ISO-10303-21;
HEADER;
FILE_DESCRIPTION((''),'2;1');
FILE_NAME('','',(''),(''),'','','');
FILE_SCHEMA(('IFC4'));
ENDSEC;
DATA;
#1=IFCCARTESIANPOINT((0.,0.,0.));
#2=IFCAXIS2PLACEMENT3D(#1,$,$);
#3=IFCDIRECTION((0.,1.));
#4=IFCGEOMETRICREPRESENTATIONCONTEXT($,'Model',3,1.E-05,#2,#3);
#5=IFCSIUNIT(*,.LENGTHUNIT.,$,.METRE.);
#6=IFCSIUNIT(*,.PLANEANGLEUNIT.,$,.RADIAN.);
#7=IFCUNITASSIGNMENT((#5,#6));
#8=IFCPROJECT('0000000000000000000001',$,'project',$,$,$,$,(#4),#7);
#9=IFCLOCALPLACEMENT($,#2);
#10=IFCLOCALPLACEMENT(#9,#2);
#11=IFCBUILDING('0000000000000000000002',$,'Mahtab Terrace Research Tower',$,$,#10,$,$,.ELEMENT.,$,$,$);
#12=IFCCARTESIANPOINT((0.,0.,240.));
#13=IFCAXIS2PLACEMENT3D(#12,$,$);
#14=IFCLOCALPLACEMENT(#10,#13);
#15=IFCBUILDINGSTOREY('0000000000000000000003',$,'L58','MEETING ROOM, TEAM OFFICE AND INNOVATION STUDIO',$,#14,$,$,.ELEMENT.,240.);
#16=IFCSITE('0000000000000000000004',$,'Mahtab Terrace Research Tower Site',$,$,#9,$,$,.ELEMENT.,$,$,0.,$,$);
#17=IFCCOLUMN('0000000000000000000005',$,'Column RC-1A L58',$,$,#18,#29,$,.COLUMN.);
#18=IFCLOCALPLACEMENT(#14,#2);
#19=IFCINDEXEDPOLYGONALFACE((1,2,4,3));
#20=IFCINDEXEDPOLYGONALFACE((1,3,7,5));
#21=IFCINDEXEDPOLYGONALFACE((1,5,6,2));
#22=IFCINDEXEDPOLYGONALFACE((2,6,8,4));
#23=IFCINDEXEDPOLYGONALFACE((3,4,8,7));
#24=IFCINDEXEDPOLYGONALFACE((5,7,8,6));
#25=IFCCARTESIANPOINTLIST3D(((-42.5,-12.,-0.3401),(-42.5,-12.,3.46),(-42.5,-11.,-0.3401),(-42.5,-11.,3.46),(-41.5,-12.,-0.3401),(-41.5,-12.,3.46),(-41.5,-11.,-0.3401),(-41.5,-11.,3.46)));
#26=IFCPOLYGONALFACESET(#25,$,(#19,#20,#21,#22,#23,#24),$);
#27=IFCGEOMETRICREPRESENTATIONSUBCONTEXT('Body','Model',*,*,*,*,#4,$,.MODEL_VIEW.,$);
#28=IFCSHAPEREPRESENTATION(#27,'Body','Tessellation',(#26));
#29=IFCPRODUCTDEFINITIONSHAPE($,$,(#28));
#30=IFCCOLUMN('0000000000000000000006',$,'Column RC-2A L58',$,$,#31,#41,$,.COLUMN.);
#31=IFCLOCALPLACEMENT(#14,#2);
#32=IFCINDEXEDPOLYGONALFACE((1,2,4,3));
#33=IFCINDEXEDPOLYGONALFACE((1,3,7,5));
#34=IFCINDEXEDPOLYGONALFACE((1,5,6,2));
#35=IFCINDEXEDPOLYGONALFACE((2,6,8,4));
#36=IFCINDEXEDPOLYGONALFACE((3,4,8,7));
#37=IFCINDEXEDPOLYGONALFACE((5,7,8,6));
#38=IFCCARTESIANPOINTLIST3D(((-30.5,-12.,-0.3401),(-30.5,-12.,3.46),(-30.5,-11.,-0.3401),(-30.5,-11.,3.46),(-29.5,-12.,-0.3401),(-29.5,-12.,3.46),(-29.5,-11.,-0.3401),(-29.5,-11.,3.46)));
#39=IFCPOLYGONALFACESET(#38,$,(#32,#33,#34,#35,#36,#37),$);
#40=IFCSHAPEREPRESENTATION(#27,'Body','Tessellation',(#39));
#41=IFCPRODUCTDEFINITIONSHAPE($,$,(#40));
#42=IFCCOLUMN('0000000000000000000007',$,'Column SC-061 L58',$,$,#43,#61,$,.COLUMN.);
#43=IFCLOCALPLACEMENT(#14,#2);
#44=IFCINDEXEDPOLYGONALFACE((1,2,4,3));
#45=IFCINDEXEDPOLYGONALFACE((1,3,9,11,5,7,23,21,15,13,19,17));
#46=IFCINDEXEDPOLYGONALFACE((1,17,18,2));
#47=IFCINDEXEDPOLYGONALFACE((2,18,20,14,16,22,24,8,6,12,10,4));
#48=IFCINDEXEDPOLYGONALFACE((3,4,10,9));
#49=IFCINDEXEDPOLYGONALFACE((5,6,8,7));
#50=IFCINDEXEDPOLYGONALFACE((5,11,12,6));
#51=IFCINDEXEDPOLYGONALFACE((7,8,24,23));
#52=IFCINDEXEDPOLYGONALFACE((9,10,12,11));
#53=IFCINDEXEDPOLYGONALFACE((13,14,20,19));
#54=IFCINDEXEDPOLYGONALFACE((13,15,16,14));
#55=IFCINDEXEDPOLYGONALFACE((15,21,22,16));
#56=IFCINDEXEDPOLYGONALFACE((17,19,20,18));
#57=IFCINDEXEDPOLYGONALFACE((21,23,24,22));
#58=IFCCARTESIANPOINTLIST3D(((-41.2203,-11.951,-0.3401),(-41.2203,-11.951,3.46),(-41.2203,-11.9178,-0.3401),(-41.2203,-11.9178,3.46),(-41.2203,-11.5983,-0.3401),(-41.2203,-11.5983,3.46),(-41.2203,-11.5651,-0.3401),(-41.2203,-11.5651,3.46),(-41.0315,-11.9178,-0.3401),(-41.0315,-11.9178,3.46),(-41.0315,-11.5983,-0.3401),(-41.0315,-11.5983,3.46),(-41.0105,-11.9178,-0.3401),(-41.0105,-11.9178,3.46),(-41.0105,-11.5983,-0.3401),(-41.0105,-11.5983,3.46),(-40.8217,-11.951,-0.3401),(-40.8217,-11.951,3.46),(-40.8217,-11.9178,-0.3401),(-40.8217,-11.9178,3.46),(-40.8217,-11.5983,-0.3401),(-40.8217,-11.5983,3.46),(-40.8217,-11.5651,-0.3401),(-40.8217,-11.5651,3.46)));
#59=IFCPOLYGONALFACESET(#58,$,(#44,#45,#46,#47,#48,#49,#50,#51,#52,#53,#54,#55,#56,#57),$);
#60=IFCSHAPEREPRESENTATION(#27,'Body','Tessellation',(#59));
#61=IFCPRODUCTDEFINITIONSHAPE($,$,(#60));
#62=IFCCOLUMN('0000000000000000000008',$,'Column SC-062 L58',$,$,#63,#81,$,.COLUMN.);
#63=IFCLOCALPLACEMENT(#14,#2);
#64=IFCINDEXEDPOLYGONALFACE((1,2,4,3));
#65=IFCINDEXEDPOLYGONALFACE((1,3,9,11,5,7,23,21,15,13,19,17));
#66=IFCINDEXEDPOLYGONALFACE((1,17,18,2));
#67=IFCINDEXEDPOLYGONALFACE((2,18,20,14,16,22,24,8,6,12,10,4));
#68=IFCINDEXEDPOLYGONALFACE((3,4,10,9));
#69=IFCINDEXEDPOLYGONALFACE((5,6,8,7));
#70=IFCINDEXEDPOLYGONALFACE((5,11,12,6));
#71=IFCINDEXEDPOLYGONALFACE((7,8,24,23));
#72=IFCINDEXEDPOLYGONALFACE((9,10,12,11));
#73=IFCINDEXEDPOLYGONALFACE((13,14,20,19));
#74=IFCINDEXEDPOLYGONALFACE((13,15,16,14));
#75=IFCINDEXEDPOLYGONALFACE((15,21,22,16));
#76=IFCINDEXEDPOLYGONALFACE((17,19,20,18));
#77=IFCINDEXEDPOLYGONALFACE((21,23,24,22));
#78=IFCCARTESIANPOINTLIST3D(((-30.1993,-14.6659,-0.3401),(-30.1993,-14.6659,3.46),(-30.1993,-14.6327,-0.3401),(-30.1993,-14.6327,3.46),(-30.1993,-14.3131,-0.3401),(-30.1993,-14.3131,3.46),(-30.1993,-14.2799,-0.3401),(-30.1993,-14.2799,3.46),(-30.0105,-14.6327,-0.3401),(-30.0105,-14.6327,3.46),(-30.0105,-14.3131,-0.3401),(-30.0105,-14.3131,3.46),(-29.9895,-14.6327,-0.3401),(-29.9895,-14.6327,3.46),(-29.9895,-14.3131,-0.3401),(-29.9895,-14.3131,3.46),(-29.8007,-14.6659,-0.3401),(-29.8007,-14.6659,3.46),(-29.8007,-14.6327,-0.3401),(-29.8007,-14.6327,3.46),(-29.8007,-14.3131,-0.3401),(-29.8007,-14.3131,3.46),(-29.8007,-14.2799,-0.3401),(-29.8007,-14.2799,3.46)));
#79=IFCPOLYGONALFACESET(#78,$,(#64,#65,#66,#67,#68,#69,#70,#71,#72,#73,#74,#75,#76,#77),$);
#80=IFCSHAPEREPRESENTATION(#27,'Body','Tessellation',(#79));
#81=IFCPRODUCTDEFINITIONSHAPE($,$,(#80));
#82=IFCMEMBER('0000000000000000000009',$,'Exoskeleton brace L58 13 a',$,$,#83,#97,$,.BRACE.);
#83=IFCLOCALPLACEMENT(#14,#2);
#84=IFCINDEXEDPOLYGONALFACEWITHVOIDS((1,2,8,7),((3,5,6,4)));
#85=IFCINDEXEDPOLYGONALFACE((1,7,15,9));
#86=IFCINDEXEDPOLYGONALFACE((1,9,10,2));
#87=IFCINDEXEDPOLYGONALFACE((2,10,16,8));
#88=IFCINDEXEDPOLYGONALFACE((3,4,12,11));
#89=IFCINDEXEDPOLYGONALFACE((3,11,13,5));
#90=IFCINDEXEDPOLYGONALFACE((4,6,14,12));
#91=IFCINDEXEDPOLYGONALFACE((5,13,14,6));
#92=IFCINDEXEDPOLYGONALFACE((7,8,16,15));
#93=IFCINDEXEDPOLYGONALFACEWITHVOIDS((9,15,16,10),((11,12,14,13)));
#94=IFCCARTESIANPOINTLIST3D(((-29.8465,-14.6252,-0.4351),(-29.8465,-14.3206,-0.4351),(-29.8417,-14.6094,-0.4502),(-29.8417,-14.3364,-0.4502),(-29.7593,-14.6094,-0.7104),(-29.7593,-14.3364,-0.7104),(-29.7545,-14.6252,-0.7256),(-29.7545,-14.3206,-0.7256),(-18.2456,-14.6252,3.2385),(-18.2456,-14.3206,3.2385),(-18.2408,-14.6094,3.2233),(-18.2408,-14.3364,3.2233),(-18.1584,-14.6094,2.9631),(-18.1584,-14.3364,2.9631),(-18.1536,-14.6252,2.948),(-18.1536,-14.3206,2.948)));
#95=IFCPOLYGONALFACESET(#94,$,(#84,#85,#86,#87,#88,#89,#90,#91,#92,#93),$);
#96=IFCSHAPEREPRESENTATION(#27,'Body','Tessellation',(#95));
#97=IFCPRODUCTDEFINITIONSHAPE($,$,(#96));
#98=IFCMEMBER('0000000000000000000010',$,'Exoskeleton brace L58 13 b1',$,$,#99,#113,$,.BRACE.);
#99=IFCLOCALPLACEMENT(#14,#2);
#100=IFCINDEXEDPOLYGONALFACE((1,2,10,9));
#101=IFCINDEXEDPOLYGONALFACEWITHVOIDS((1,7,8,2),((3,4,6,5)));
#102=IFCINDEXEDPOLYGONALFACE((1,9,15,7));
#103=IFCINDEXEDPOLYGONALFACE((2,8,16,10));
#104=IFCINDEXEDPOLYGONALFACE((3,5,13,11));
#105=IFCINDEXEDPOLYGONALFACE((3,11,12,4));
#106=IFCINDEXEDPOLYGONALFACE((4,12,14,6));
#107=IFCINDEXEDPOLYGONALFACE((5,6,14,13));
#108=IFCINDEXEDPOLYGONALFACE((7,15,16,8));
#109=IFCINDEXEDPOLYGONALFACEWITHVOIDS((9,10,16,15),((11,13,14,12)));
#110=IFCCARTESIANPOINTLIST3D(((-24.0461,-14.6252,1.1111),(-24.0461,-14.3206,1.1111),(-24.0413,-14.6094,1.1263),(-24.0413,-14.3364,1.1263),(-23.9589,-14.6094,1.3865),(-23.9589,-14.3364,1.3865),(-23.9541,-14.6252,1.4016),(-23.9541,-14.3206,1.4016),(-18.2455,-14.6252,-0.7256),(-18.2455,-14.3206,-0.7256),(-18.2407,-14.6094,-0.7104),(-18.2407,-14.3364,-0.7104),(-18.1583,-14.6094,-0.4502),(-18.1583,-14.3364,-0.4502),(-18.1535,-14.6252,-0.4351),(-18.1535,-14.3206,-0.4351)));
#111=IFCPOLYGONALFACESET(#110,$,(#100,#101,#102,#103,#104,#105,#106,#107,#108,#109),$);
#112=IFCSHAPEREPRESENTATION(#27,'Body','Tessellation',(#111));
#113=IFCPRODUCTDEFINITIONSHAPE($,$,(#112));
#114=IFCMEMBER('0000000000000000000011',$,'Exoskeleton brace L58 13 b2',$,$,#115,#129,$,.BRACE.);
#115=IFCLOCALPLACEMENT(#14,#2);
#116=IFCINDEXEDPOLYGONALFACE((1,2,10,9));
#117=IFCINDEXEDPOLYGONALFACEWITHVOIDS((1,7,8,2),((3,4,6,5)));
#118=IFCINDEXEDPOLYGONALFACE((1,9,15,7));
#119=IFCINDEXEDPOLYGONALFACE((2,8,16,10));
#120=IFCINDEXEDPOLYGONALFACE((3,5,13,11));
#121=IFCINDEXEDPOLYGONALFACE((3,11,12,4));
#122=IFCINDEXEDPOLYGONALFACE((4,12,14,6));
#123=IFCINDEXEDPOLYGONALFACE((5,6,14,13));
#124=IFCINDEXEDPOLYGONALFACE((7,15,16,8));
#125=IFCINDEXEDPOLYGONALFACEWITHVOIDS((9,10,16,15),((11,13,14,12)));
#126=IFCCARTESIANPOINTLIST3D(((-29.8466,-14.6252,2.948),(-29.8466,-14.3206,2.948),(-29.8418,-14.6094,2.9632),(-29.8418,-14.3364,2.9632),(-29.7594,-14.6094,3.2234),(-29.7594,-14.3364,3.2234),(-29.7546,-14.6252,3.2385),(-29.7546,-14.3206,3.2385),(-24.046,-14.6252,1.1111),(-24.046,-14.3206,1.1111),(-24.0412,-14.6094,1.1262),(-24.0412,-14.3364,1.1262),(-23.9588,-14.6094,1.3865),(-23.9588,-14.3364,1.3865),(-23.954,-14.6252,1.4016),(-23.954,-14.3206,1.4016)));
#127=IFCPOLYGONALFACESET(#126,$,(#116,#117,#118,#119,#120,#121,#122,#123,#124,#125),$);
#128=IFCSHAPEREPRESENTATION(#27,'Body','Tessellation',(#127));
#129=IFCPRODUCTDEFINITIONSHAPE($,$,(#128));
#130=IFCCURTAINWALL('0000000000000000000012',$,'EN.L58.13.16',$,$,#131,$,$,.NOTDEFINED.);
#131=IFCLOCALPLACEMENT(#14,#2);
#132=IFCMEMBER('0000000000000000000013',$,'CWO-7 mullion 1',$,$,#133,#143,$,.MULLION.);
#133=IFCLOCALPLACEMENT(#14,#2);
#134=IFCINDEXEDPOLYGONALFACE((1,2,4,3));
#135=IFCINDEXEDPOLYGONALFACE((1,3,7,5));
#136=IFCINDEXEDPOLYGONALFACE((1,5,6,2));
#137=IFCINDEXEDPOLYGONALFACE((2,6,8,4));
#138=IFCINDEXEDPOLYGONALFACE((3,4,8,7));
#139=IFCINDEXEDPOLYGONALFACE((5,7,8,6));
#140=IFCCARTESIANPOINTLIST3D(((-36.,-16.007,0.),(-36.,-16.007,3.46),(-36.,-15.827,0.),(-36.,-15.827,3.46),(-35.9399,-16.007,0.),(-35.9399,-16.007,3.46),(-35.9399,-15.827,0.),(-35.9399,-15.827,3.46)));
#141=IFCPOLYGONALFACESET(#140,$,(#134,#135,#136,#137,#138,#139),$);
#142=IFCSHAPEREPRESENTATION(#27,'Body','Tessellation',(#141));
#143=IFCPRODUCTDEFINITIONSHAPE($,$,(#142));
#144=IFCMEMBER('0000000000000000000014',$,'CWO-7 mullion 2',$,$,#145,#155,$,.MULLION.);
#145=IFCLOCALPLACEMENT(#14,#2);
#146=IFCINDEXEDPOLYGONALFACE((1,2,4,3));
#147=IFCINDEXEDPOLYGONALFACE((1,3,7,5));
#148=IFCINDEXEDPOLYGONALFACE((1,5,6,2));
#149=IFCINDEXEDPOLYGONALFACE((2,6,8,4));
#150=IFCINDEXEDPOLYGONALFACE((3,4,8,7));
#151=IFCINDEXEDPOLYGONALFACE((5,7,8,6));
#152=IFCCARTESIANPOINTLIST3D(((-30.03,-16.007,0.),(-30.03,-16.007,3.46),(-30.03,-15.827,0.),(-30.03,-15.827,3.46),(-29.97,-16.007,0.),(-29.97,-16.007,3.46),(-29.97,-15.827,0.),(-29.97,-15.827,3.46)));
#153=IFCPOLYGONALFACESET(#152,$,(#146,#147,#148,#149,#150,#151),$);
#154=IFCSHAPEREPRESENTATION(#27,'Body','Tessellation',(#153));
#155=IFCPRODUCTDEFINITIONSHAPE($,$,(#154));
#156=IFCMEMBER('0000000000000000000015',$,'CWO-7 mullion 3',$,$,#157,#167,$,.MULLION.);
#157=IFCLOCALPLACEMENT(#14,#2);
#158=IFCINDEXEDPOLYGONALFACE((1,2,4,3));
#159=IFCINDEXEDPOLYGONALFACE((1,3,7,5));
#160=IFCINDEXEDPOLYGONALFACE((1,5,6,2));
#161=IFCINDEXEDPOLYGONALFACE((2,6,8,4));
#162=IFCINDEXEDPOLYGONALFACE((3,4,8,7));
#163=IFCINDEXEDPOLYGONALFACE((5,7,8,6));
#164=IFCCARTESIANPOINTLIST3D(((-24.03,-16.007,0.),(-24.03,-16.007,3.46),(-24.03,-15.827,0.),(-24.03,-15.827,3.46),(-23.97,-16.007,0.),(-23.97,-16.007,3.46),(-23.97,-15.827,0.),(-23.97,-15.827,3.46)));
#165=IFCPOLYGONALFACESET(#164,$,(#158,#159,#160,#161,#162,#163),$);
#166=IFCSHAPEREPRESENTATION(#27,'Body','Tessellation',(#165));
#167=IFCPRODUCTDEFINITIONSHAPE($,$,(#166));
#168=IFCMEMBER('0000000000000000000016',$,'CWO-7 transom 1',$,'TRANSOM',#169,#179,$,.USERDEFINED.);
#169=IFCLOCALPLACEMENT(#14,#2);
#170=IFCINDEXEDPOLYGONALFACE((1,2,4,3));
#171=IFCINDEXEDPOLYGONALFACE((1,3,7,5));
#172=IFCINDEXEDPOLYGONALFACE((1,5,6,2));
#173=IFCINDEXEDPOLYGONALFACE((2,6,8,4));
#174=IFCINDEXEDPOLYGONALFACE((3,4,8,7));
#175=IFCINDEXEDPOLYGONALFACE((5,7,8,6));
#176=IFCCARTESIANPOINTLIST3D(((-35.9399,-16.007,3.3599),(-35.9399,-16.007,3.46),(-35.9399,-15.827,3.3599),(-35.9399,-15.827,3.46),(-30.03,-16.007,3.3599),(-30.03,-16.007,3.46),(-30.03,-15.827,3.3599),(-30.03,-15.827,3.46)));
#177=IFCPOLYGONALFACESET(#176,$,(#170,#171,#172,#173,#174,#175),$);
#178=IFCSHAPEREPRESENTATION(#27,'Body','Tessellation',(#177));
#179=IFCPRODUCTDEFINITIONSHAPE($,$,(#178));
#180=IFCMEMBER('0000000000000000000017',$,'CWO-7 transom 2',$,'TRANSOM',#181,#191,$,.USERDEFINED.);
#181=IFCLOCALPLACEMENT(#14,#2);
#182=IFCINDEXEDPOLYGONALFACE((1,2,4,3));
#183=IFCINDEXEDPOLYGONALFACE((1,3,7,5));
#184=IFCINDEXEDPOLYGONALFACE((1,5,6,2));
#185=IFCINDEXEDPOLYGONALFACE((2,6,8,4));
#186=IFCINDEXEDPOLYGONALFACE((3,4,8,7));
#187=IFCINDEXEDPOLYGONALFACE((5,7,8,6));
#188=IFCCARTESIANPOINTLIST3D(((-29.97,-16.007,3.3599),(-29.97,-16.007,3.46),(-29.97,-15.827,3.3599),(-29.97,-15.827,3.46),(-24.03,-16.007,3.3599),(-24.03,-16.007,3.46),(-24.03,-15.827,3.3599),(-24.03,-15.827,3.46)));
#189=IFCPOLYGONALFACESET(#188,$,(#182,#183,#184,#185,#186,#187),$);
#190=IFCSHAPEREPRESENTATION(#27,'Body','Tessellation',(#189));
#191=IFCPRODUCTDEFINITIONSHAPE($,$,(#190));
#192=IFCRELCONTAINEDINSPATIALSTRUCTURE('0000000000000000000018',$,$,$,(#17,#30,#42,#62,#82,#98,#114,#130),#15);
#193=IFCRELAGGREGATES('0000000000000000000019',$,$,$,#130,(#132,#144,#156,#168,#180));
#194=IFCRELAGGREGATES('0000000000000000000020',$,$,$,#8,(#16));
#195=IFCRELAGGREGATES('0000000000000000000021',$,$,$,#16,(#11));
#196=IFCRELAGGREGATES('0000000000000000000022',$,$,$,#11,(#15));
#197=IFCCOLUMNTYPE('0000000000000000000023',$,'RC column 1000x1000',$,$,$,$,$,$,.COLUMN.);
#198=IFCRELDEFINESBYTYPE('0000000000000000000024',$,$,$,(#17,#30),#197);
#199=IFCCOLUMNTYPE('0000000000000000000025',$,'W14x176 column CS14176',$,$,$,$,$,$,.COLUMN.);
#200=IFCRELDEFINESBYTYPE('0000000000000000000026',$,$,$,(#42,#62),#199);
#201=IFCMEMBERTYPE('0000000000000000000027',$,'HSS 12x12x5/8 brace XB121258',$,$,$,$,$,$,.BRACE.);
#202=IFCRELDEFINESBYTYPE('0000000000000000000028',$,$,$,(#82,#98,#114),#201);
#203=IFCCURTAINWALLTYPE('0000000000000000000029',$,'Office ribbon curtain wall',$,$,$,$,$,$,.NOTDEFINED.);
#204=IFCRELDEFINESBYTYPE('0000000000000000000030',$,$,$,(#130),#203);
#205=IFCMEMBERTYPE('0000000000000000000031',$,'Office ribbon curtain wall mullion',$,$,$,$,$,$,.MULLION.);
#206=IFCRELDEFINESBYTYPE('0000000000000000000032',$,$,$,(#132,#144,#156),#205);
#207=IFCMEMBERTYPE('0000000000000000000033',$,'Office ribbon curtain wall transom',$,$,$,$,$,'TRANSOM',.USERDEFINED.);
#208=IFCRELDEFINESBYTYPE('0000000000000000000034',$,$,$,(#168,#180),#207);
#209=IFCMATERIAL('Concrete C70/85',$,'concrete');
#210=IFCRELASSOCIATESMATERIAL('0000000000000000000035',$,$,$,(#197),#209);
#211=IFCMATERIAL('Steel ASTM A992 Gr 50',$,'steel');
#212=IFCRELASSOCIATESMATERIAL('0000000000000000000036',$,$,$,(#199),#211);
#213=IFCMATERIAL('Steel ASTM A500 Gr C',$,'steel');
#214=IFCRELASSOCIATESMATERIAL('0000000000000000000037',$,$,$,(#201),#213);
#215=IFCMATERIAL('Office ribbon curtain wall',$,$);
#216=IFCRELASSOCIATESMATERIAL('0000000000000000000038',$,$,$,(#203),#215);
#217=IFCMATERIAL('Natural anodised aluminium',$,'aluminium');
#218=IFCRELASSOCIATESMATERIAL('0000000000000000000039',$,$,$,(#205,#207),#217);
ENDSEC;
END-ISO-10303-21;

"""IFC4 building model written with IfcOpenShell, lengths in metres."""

from ifc_helpers import new_model, si_unit, direction, frame, origin, origin_2d, place, context, subcontext, project, spatial, rectangle, hollow_rectangle, i_section, extrude, material, material_profile, profile_set, type_object, element, aggregate, save


model = new_model("IFC4")

# Units and contexts
model_context = context("Model", 3, precision=1e-05, world=origin(), true_north=direction((0.0, 1.0)))
body_context = subcontext(model_context, "Body", "Model", "MODEL_VIEW")
ifc_project = project(units=[si_unit("LENGTHUNIT", "METRE"), si_unit("PLANEANGLEUNIT", "RADIAN")], contexts=[model_context])

# Site, building, storey
site_placement = place(None, origin())
site = spatial("IfcSite", under=ifc_project, at=site_placement, Name="Mahtab Terrace Research Tower Site", CompositionType="ELEMENT", RefElevation=0.0)
building_placement = place(site_placement, origin())
building = spatial("IfcBuilding", under=site, at=building_placement, Name="Mahtab Terrace Research Tower", CompositionType="ELEMENT")
storey_placement = place(building_placement, frame((0.0, 0.0, 240.0)))
storey = spatial("IfcBuildingStorey", under=building, at=storey_placement, Name="L58", Description="MEETING ROOM, TEAM OFFICE AND INNOVATION STUDIO", CompositionType="ELEMENT", Elevation=240.0)

# Columns
ifc_material_1 = material(Name="Concrete C70/85", Category="concrete")
ifc_material_profile_1 = material_profile(ifc_material_1, rectangle(XDim=1.0, YDim=1.0, at=origin_2d()), Name="RC column 1000x1000")
ifc_profile_set_1 = profile_set([ifc_material_profile_1], Name="Concrete C70/85")
column_type_1 = type_object("IfcColumnType", Name="RC column 1000x1000", PredefinedType="COLUMN", material=ifc_profile_set_1)
for number, where, z_axis, x_axis, name in (
    (1, (-42.0, -11.5, -0.3401), (0.0, 0.0, 1.0), (1.0, 0.0, 0.0), "Column RC-1A L58"),
    (2, (-30.0, -11.5, -0.3401), (0.0, 0.0, 1.0), (1.0, 0.0, 0.0), "Column RC-2A L58"),
):
    element("IfcColumn", number, at=place(storey_placement, frame(where, z_axis=z_axis, x_axis=x_axis)), inside=storey, type_object=column_type_1, Name=name, PredefinedType="COLUMN", context=body_context, shape_type="SweptSolid", body=[
        extrude(rectangle(XDim=1.0, YDim=1.0, at=origin_2d()), origin(), (0.0, 0.0, 1.0), 3.8),
    ])
ifc_material_2 = material(Name="Steel ASTM A992 Gr 50", Category="steel")
ifc_material_profile_2 = material_profile(ifc_material_2, i_section(OverallWidth=0.3987, OverallDepth=0.386, WebThickness=0.021, FlangeThickness=0.0332, at=origin_2d()), Name="W14X176")
ifc_profile_set_2 = profile_set([ifc_material_profile_2], Name="Steel ASTM A992 Gr 50")
column_type_2 = type_object("IfcColumnType", Name="W14x176 column CS14176", PredefinedType="COLUMN", material=ifc_profile_set_2)
for number, where, z_axis, x_axis, name in (
    (3, (-41.021, -11.7581, -0.3401), (0.0, 0.0, 1.0), (1.0, 0.0, 0.0), "Column SC-061 L58"),
    (4, (-30.0, -14.4729, -0.3401), (0.0, 0.0, 1.0), (1.0, 0.0, 0.0), "Column SC-062 L58"),
):
    element("IfcColumn", number, at=place(storey_placement, frame(where, z_axis=z_axis, x_axis=x_axis)), inside=storey, type_object=column_type_2, Name=name, PredefinedType="COLUMN", context=body_context, shape_type="SweptSolid", body=[
        extrude(i_section(OverallWidth=0.3987, OverallDepth=0.386, WebThickness=0.021, FlangeThickness=0.0332, at=origin_2d()), origin(), (0.0, 0.0, 1.0), 3.8),
    ])

# Members
ifc_material_3 = material(Name="Steel ASTM A500 Gr C", Category="steel")
ifc_material_profile_3 = material_profile(ifc_material_3, hollow_rectangle(XDim=0.3047, YDim=0.3047, WallThickness=0.0159, at=origin_2d()), Name="HSS12X12X5/8")
ifc_profile_set_3 = profile_set([ifc_material_profile_3], Name="Steel ASTM A500 Gr C")
member_type_1 = type_object("IfcMemberType", Name="HSS 12x12x5/8 brace XB121258", PredefinedType="BRACE", material=ifc_profile_set_3)
member_1_placement = place(storey_placement, frame((-29.8005, -14.4729, -0.5803), z_axis=(0.953344, 0.0, 0.301885), x_axis=(0.0, 1.0, 0.0)))
element("IfcMember", 5, at=member_1_placement, inside=storey, type_object=member_type_1, Name="Exoskeleton brace L58 13 a", PredefinedType="BRACE", context=body_context, shape_type="SweptSolid", body=[
    extrude(hollow_rectangle(XDim=0.3047, YDim=0.3047, WallThickness=0.0159, at=origin_2d()), origin(), (0.0, 0.0, 1.0), 12.1687),
])
for number, where, z_axis, x_axis, name in (
    (6, (-18.1995, -14.4729, -0.5803), (-0.95335, 0.0, 0.301867), (0.0, -1.0, 0.0), "Exoskeleton brace L58 13 b1"),
    (7, (-24.0, -14.4729, 1.2563), (-0.953339, 0.0, 0.301903), (0.0, -1.0, 0.0), "Exoskeleton brace L58 13 b2"),
):
    element("IfcMember", number, at=place(storey_placement, frame(where, z_axis=z_axis, x_axis=x_axis)), inside=storey, type_object=member_type_1, Name=name, PredefinedType="BRACE", context=body_context, shape_type="SweptSolid", body=[
        extrude(hollow_rectangle(XDim=0.3047, YDim=0.3047, WallThickness=0.0159, at=origin_2d()), origin(), (0.0, 0.0, 1.0), 6.0845),
    ])

# Curtain wall, members
ifc_material_4 = material(Name="Office ribbon curtain wall")
curtain_wall_type = type_object("IfcCurtainWallType", Name="Office ribbon curtain wall", PredefinedType="NOTDEFINED", material=ifc_material_4)
curtain_wall_placement = place(storey_placement, origin())
curtain_wall = element("IfcCurtainWall", 8, at=curtain_wall_placement, inside=storey, type_object=curtain_wall_type, Name="EN.L58.13.16", PredefinedType="NOTDEFINED")
ifc_material_5 = material(Name="Natural anodised aluminium", Category="aluminium")
ifc_material_profile_4 = material_profile(ifc_material_5, rectangle(XDim=0.1799, YDim=0.0601, at=origin_2d()), Name="MULLION 60x180")
ifc_profile_set_4 = profile_set([ifc_material_profile_4], Name="Natural anodised aluminium")
member_type_2 = type_object("IfcMemberType", Name="Office ribbon curtain wall mullion", PredefinedType="MULLION", material=ifc_profile_set_4)
member_2_placement = place(storey_placement, frame((-35.97, -15.917, 0.0), z_axis=(0.0, 0.0, 1.0), x_axis=(0.0, 1.0, 0.0)))
member_2 = element("IfcMember", 9, at=member_2_placement, type_object=member_type_2, Name="CWO-7 mullion 1", PredefinedType="MULLION", context=body_context, shape_type="SweptSolid", body=[
    extrude(rectangle(XDim=0.1799, YDim=0.0601, at=origin_2d()), origin(), (0.0, 0.0, 1.0), 3.46),
])
member_3_placement = place(storey_placement, frame((-30.0, -15.917, 0.0), z_axis=(0.0, 0.0, 1.0), x_axis=(0.0, 1.0, 0.0)))
member_3 = element("IfcMember", 10, at=member_3_placement, type_object=member_type_2, Name="CWO-7 mullion 2", PredefinedType="MULLION", context=body_context, shape_type="SweptSolid", body=[
    extrude(rectangle(XDim=0.1799, YDim=0.0601, at=origin_2d()), origin(), (0.0, 0.0, 1.0), 3.46),
])
member_4_placement = place(storey_placement, frame((-24.0, -15.917, 0.0), z_axis=(0.0, 0.0, 1.0), x_axis=(0.0, 1.0, 0.0)))
member_4 = element("IfcMember", 11, at=member_4_placement, type_object=member_type_2, Name="CWO-7 mullion 3", PredefinedType="MULLION", context=body_context, shape_type="SweptSolid", body=[
    extrude(rectangle(XDim=0.1799, YDim=0.0601, at=origin_2d()), origin(), (0.0, 0.0, 1.0), 3.46),
])
ifc_material_profile_5 = material_profile(ifc_material_5, rectangle(XDim=0.1799, YDim=0.1001, at=origin_2d()), Name="TRANSOM 100x180")
ifc_profile_set_5 = profile_set([ifc_material_profile_5], Name="Natural anodised aluminium")
member_type_3 = type_object("IfcMemberType", Name="Office ribbon curtain wall transom", ElementType="TRANSOM", PredefinedType="USERDEFINED", material=ifc_profile_set_5)
member_5_placement = place(storey_placement, frame((-35.9399, -15.917, 3.4099), z_axis=(1.0, 0.0, 0.0), x_axis=(0.0, 1.0, 0.0)))
member_5 = element("IfcMember", 12, at=member_5_placement, type_object=member_type_3, Name="CWO-7 transom 1", ObjectType="TRANSOM", PredefinedType="USERDEFINED", context=body_context, shape_type="SweptSolid", body=[
    extrude(rectangle(XDim=0.1799, YDim=0.1001, at=origin_2d()), origin(), (0.0, 0.0, 1.0), 5.9099),
])
member_6_placement = place(storey_placement, frame((-29.97, -15.917, 3.4099), z_axis=(1.0, 0.0, 0.0), x_axis=(0.0, 1.0, 0.0)))
member_6 = element("IfcMember", 13, at=member_6_placement, type_object=member_type_3, Name="CWO-7 transom 2", ObjectType="TRANSOM", PredefinedType="USERDEFINED", context=body_context, shape_type="SweptSolid", body=[
    extrude(rectangle(XDim=0.1799, YDim=0.1001, at=origin_2d()), origin(), (0.0, 0.0, 1.0), 5.9399),
])

aggregate(curtain_wall, [member_2, member_3, member_4, member_5, member_6])

save(model, "model.ifc")
